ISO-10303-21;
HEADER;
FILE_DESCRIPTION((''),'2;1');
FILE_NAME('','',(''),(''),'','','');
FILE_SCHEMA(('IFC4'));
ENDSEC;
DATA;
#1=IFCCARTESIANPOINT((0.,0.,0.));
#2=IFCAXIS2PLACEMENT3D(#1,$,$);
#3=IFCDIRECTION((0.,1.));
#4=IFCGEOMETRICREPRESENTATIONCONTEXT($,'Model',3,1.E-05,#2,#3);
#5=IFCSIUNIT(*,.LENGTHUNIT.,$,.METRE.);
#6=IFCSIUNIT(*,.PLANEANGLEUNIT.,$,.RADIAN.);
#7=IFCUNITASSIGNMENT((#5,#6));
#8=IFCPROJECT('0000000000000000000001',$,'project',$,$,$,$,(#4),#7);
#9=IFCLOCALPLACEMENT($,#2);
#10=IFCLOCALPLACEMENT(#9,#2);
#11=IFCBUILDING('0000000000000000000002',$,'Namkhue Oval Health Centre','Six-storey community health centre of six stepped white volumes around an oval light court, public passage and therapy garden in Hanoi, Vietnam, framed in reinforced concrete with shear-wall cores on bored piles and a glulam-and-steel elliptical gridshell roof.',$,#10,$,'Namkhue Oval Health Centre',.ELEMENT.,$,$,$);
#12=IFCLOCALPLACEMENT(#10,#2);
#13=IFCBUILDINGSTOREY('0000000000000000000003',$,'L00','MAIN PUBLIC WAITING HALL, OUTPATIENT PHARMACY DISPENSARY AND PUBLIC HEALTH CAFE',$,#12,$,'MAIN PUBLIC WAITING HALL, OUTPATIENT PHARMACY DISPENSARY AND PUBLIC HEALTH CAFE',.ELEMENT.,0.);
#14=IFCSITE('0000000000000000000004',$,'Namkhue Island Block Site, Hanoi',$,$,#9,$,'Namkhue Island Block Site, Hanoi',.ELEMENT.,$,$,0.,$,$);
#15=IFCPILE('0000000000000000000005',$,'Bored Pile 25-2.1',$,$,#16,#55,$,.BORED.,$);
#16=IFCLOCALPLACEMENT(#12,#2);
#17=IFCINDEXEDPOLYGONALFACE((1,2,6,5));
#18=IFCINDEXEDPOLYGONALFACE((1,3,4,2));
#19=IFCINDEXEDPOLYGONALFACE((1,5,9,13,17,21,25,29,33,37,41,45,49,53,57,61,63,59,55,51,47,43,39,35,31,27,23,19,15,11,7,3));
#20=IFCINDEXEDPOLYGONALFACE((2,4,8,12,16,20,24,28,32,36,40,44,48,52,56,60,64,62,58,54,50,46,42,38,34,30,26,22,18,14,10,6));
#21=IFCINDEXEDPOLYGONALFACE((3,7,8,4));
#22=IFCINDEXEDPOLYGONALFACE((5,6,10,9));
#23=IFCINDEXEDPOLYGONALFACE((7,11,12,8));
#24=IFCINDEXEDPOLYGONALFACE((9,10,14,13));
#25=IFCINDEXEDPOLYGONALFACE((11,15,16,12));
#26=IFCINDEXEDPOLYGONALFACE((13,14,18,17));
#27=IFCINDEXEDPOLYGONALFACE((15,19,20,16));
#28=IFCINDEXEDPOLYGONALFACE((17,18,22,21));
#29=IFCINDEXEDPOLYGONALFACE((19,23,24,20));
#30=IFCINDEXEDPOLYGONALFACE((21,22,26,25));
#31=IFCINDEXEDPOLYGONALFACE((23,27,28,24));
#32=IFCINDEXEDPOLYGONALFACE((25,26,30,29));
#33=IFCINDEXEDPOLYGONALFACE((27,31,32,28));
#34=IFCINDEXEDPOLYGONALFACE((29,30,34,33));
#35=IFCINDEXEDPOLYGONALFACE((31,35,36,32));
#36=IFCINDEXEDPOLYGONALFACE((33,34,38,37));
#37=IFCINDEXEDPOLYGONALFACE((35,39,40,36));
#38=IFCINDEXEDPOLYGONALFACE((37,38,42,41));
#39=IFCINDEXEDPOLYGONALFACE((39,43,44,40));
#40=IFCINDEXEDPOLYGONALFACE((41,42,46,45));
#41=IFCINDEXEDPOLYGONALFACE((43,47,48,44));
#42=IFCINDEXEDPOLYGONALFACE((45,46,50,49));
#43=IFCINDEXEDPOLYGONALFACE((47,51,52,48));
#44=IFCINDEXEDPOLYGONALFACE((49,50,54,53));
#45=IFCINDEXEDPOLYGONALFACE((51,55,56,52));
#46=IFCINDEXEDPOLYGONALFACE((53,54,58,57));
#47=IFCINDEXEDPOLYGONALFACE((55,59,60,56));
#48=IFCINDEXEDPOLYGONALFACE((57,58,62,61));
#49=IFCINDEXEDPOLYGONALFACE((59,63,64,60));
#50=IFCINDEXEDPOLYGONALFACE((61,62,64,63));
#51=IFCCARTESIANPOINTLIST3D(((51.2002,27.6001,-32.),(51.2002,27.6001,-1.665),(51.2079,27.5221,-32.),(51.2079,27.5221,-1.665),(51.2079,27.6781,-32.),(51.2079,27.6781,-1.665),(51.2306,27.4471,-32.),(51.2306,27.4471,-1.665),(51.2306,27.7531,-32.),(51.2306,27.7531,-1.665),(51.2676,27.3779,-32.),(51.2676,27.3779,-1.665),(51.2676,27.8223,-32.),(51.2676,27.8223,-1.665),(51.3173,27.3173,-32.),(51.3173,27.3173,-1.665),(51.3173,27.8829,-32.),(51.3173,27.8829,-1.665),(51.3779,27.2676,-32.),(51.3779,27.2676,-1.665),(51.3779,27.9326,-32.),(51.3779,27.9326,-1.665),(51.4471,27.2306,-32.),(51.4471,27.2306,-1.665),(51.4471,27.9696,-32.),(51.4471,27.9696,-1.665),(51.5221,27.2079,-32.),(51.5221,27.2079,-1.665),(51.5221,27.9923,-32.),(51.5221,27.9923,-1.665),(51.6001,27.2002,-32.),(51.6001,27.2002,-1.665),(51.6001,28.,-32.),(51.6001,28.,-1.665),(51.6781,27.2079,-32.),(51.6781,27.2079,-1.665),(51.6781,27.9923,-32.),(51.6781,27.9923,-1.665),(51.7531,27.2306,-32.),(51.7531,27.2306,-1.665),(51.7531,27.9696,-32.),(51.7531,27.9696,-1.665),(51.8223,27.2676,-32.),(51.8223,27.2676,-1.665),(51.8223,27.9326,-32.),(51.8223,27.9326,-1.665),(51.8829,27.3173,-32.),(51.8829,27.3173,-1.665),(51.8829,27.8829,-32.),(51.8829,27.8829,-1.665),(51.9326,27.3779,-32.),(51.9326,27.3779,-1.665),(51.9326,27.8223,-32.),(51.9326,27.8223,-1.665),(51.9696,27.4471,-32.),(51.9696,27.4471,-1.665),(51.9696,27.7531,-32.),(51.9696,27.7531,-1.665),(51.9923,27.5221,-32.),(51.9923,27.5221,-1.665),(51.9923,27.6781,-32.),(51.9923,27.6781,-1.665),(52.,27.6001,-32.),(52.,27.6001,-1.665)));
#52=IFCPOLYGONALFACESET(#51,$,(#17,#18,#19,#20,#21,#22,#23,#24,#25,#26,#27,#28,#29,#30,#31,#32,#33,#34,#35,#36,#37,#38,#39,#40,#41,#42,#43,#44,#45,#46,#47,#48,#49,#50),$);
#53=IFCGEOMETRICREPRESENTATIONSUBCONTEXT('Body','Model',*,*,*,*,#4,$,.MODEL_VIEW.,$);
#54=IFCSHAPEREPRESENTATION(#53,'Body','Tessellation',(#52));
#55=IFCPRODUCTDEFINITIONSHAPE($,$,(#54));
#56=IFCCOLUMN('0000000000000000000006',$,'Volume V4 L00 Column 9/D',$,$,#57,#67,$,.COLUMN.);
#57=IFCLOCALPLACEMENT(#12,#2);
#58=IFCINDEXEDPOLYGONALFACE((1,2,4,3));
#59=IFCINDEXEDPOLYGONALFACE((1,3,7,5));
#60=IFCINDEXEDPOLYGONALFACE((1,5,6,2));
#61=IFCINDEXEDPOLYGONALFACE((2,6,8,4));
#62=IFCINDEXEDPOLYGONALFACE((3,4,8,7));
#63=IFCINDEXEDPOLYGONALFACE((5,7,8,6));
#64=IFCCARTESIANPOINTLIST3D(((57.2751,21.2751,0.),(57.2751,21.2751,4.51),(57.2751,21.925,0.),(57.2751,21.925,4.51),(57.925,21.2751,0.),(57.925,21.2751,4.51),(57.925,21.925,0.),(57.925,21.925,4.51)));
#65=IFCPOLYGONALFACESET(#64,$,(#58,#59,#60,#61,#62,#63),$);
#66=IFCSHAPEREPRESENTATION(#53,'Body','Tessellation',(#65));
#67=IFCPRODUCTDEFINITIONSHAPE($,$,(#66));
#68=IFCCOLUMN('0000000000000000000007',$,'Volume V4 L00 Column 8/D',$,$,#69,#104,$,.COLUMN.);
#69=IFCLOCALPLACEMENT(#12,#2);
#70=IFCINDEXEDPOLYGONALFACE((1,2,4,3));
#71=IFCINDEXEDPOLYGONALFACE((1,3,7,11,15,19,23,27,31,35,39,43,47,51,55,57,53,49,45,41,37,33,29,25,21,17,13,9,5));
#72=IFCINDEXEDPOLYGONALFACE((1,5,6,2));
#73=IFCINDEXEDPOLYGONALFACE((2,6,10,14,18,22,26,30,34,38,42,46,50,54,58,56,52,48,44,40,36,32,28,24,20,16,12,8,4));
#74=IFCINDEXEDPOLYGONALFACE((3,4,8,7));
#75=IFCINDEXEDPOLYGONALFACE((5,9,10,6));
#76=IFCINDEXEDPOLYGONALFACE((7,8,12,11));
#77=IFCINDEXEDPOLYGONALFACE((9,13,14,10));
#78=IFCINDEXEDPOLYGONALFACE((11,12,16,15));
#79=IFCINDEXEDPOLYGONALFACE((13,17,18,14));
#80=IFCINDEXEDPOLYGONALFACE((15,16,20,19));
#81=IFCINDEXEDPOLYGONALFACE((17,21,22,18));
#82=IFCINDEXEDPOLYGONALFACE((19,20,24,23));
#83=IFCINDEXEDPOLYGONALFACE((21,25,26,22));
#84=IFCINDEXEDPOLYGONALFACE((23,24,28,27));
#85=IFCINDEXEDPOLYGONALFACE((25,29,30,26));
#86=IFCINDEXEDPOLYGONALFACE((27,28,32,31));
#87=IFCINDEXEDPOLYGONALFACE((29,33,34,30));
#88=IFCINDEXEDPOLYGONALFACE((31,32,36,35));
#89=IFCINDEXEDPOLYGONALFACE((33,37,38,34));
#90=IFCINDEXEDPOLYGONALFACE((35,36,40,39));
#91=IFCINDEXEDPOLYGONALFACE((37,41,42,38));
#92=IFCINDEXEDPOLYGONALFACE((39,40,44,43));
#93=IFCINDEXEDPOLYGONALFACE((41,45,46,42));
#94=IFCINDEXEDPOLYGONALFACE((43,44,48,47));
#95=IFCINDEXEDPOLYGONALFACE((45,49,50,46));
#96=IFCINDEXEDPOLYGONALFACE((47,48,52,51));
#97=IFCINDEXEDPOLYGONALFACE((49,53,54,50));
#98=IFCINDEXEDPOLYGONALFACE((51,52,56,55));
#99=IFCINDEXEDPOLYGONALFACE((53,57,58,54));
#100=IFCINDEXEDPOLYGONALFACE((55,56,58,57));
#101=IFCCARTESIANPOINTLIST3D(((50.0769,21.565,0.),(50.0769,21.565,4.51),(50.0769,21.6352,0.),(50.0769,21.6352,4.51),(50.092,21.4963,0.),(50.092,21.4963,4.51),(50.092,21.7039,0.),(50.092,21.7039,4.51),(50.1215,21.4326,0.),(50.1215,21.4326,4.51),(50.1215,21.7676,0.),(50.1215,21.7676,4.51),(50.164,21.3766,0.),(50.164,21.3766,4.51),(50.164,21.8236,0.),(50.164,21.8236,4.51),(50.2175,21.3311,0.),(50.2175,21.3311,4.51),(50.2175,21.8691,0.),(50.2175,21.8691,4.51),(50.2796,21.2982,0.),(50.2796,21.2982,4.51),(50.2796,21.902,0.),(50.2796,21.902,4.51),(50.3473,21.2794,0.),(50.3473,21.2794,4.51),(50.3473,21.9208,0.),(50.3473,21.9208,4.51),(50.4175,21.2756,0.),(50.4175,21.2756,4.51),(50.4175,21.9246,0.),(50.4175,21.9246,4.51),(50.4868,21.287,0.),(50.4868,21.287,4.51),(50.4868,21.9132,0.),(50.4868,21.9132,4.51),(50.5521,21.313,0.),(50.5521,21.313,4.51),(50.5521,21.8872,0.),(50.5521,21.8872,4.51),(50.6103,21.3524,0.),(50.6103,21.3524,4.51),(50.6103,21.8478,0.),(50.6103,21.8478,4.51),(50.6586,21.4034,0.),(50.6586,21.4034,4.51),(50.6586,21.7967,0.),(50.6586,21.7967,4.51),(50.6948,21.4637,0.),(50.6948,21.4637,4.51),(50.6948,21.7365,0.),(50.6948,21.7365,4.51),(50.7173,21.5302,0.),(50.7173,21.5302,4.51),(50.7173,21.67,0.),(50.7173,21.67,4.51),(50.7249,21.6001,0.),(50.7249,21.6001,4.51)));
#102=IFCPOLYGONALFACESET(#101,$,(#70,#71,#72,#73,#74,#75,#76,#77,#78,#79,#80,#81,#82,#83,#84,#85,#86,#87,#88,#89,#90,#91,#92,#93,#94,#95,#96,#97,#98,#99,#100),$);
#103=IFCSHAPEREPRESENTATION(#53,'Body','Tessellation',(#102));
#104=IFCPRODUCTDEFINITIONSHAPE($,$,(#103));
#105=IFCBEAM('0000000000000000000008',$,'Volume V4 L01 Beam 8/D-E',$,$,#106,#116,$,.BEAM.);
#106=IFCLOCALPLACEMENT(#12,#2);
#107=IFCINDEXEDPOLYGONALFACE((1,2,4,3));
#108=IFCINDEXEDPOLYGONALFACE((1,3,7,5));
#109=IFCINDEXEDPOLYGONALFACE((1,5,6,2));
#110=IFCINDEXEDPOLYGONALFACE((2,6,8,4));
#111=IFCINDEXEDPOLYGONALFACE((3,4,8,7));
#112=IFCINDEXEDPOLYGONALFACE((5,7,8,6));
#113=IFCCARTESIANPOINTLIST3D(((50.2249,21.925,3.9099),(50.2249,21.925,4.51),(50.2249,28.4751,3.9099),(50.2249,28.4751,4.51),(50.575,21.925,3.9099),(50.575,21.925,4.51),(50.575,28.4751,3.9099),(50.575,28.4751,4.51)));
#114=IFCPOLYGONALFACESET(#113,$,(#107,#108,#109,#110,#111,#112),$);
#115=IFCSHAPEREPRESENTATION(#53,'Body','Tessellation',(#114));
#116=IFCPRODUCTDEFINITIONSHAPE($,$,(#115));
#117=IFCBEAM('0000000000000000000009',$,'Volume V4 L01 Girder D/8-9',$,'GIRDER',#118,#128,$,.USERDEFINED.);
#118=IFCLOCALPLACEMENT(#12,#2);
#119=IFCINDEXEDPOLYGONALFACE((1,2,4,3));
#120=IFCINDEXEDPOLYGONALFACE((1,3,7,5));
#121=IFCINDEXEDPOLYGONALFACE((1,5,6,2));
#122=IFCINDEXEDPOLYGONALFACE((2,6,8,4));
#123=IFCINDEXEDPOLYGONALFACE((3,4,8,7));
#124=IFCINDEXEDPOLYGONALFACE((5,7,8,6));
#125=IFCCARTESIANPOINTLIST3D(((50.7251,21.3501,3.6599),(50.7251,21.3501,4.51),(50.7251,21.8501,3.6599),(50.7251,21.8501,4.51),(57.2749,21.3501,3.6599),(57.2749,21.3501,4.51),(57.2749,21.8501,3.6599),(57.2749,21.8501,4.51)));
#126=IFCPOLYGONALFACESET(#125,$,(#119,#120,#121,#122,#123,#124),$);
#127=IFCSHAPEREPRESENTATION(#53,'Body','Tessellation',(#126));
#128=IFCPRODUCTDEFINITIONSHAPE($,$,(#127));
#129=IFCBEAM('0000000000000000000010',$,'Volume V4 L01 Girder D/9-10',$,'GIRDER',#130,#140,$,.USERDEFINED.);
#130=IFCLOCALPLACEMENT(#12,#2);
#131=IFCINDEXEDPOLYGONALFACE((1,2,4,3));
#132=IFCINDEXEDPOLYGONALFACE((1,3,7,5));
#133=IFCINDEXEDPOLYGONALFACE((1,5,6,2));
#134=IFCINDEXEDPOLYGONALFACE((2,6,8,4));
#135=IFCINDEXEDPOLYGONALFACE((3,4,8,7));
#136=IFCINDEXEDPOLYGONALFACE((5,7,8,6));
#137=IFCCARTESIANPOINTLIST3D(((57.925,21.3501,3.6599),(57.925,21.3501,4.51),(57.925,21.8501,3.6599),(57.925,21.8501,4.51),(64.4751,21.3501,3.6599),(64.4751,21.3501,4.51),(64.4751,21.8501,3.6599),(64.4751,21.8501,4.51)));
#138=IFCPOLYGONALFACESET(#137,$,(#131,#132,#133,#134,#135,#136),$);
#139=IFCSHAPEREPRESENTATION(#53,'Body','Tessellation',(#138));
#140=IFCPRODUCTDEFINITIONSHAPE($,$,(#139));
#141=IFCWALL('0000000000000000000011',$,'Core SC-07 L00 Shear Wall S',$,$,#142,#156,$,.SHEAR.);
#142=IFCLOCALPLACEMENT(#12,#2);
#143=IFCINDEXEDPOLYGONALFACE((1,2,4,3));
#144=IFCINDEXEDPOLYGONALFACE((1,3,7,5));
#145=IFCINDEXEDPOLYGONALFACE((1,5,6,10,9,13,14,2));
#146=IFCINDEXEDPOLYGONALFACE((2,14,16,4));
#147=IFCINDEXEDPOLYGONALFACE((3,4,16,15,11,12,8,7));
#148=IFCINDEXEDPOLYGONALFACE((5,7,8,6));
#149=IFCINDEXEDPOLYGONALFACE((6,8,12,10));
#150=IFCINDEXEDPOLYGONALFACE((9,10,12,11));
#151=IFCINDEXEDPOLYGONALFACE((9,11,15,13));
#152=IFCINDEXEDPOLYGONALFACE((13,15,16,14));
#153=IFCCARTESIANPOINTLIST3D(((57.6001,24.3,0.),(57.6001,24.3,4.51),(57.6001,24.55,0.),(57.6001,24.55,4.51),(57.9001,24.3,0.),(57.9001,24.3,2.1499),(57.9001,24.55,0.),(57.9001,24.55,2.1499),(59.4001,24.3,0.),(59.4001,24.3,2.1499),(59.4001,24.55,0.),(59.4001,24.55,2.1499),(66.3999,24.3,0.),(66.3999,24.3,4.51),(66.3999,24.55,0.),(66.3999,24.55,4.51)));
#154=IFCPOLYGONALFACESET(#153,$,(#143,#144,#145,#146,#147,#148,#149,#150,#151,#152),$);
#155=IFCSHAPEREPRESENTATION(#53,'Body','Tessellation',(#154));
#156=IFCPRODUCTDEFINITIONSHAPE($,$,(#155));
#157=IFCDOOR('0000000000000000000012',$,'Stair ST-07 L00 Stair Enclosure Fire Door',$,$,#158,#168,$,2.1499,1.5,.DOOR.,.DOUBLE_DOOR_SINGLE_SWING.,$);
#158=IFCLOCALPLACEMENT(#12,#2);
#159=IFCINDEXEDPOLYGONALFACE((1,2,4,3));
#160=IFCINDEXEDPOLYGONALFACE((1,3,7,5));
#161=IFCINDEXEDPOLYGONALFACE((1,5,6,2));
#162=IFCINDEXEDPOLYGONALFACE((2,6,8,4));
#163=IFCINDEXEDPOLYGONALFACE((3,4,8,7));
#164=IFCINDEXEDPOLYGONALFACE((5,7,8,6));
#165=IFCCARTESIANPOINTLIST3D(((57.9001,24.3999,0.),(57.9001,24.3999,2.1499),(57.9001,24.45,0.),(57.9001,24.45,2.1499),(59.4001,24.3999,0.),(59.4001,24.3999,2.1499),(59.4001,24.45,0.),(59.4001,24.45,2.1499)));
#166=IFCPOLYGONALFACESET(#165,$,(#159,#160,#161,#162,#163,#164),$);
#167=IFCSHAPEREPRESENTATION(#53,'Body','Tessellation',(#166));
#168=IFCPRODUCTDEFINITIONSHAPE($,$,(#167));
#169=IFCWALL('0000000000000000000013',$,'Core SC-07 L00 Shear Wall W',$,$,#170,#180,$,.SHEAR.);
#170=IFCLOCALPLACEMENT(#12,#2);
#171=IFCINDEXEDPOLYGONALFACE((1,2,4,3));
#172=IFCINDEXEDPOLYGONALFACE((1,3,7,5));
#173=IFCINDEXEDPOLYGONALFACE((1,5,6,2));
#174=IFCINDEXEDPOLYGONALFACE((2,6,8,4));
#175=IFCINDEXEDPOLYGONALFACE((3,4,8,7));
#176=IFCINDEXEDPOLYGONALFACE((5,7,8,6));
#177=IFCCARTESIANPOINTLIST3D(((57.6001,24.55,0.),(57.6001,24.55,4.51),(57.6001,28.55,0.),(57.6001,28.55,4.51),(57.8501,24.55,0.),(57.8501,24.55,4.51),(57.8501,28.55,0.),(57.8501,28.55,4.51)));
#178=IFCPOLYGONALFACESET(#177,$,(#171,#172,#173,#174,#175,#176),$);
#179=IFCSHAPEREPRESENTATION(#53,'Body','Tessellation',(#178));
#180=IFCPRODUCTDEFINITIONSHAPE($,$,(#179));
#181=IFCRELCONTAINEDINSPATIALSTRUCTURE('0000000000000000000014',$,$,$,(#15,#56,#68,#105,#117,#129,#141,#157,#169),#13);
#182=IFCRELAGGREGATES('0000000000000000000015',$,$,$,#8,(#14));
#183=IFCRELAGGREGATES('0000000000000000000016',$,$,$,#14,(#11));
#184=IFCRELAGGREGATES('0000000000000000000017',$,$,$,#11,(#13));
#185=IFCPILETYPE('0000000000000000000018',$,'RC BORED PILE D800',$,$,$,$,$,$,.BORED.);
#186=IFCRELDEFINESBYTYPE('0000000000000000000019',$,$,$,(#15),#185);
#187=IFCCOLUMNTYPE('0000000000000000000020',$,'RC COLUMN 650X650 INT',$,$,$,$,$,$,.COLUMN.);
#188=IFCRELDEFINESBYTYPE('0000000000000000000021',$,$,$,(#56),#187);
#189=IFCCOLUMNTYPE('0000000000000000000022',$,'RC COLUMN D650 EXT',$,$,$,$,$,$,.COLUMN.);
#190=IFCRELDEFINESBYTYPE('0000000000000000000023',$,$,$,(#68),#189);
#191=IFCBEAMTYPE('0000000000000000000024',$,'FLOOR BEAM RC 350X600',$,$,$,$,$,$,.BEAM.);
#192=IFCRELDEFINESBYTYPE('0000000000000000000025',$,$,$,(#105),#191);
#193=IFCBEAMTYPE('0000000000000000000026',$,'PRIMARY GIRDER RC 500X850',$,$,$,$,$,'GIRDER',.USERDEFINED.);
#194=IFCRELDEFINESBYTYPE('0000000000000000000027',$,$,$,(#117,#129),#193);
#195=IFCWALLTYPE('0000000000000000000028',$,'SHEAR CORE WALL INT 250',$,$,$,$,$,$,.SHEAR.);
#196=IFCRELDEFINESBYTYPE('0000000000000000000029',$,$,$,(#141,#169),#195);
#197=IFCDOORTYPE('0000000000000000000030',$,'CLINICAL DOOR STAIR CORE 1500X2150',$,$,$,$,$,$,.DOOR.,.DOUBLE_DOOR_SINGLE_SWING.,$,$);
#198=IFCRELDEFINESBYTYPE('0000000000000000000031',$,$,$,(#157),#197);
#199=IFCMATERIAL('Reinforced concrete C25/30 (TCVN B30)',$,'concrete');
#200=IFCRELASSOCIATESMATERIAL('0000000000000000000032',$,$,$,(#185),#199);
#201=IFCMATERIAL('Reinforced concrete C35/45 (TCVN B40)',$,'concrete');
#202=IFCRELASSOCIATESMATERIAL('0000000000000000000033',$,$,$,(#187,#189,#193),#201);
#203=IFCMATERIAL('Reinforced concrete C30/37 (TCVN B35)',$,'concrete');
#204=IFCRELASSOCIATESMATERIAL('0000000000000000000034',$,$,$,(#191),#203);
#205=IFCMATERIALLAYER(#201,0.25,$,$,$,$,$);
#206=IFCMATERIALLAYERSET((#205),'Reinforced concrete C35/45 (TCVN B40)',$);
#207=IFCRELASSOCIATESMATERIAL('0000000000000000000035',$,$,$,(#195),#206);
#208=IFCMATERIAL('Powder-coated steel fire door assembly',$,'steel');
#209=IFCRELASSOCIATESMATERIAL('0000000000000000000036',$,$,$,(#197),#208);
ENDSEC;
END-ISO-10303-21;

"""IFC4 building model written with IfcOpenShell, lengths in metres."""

from ifc_helpers import new_model, si_unit, direction, frame, frame_2d, origin, origin_2d, place, context, subcontext, project, spatial, rectangle, circle, extrude, material, layer, layer_set, material_profile, profile_set, type_object, element, fill, save


model = new_model("IFC4")

# Units and contexts
model_context = context("Model", 3, precision=1e-05, world=origin(), true_north=direction((0.0, 1.0)))
body_context = subcontext(model_context, "Body", "Model", "MODEL_VIEW")
ifc_project = project(units=[si_unit("LENGTHUNIT", "METRE"), si_unit("PLANEANGLEUNIT", "RADIAN")], contexts=[model_context])

# Site, building, storey
site_placement = place(None, origin())
site = spatial("IfcSite", under=ifc_project, at=site_placement, Name="Namkhue Island Block Site, Hanoi", LongName="Namkhue Island Block Site, Hanoi", CompositionType="ELEMENT", RefElevation=0.0)
building_placement = place(site_placement, origin())
building = spatial("IfcBuilding", under=site, at=building_placement, Name="Namkhue Oval Health Centre", Description="Six-storey community health centre of six stepped white volumes around an oval light court, public passage and therapy garden in Hanoi, Vietnam, framed in reinforced concrete with shear-wall cores on bored piles and a glulam-and-steel elliptical gridshell roof.", LongName="Namkhue Oval Health Centre", CompositionType="ELEMENT")
storey_placement = place(building_placement, origin())
storey = spatial("IfcBuildingStorey", under=building, at=storey_placement, Name="L00", Description="MAIN PUBLIC WAITING HALL, OUTPATIENT PHARMACY DISPENSARY AND PUBLIC HEALTH CAFE", LongName="MAIN PUBLIC WAITING HALL, OUTPATIENT PHARMACY DISPENSARY AND PUBLIC HEALTH CAFE", CompositionType="ELEMENT", Elevation=0.0)

# Shared definitions
ifc_material_1 = material(Name="Reinforced concrete C30/37 (TCVN B35)", Category="concrete")

# Pile
ifc_material_2 = material(Name="Reinforced concrete C25/30 (TCVN B30)", Category="concrete")
ifc_material_profile_1 = material_profile(ifc_material_2, circle(Radius=0.3999, at=origin_2d()), Name="BORED PILE D800")
ifc_profile_set_1 = profile_set([ifc_material_profile_1], Name="Reinforced concrete C25/30 (TCVN B30)")
pile_type_1 = type_object("IfcPileType", Name="RC BORED PILE D800", PredefinedType="BORED", material=ifc_profile_set_1)
for number, where, z_axis, x_axis, name in (
    (1, (51.6001, 27.6001, -1.665), (0.0, 0.0, -1.0), (1.0, 0.0, 0.0), "Bored Pile 25-2.1"),
):
    element("IfcPile", number, at=place(storey_placement, frame(where, z_axis=z_axis, x_axis=x_axis)), inside=storey, type_object=pile_type_1, Name=name, PredefinedType="BORED", context=body_context, shape_type="SweptSolid", body=[
        extrude(circle(Radius=0.3999, at=origin_2d()), origin(), (0.0, 0.0, 1.0), 30.335),
    ])

# Columns
ifc_material_3 = material(Name="Reinforced concrete C35/45 (TCVN B40)", Category="concrete")
ifc_material_profile_2 = material_profile(ifc_material_3, rectangle(XDim=0.6499, YDim=0.6499, at=origin_2d()), Name="RC 650x650")
ifc_profile_set_2 = profile_set([ifc_material_profile_2], Name="Reinforced concrete C35/45 (TCVN B40)")
column_type_1 = type_object("IfcColumnType", Name="RC COLUMN 650X650 INT", PredefinedType="COLUMN", material=ifc_profile_set_2)
column_1_placement = place(storey_placement, frame((57.6001, 21.6001, 0.0), z_axis=(0.0, 0.0, 1.0), x_axis=(1.0, 0.0, 0.0)))
element("IfcColumn", 2, at=column_1_placement, inside=storey, type_object=column_type_1, Name="Volume V4 L00 Column 9/D", PredefinedType="COLUMN", context=body_context, shape_type="SweptSolid", body=[
    extrude(rectangle(XDim=0.6499, YDim=0.6499, at=origin_2d()), origin(), (0.0, 0.0, 1.0), 4.51),
])
ifc_material_profile_3 = material_profile(ifc_material_3, circle(Radius=0.325, at=origin_2d()), Name="RC D650")
ifc_profile_set_3 = profile_set([ifc_material_profile_3], Name="Reinforced concrete C35/45 (TCVN B40)")
column_type_2 = type_object("IfcColumnType", Name="RC COLUMN D650 EXT", PredefinedType="COLUMN", material=ifc_profile_set_3)
column_2_placement = place(storey_placement, frame((50.3999, 21.6001, 0.0), z_axis=(0.0, 0.0, 1.0), x_axis=(1.0, 0.0, 0.0)))
element("IfcColumn", 3, at=column_2_placement, inside=storey, type_object=column_type_2, Name="Volume V4 L00 Column 8/D", PredefinedType="COLUMN", context=body_context, shape_type="SweptSolid", body=[
    extrude(circle(Radius=0.325, at=origin_2d()), origin(), (0.0, 0.0, 1.0), 4.51),
])

# Beams
ifc_material_profile_4 = material_profile(ifc_material_1, rectangle(XDim=0.3501, YDim=0.6001, at=origin_2d()), Name="RC 350x600")
ifc_profile_set_4 = profile_set([ifc_material_profile_4], Name="Reinforced concrete C30/37 (TCVN B35)")
beam_type_1 = type_object("IfcBeamType", Name="FLOOR BEAM RC 350X600", PredefinedType="BEAM", material=ifc_profile_set_4)
beam_1_placement = place(storey_placement, frame((50.3999, 21.925, 4.21), z_axis=(0.0, 1.0, 0.0), x_axis=(-1.0, 0.0, 0.0)))
element("IfcBeam", 4, at=beam_1_placement, inside=storey, type_object=beam_type_1, Name="Volume V4 L01 Beam 8/D-E", PredefinedType="BEAM", context=body_context, shape_type="SweptSolid", body=[
    extrude(rectangle(XDim=0.3501, YDim=0.6001, at=origin_2d()), origin(), (0.0, 0.0, 1.0), 6.55),
])
ifc_material_profile_5 = material_profile(ifc_material_3, rectangle(XDim=0.5, YDim=0.8501, at=origin_2d()), Name="RC 500x850")
ifc_profile_set_5 = profile_set([ifc_material_profile_5], Name="Reinforced concrete C35/45 (TCVN B40)")
beam_type_2 = type_object("IfcBeamType", Name="PRIMARY GIRDER RC 500X850", ElementType="GIRDER", PredefinedType="USERDEFINED", material=ifc_profile_set_5)
beam_2_placement = place(storey_placement, frame((50.7251, 21.6001, 4.085), z_axis=(1.0, 0.0, 0.0), x_axis=(0.0, 1.0, 0.0)))
element("IfcBeam", 5, at=beam_2_placement, inside=storey, type_object=beam_type_2, Name="Volume V4 L01 Girder D/8-9", ObjectType="GIRDER", PredefinedType="USERDEFINED", context=body_context, shape_type="SweptSolid", body=[
    extrude(rectangle(XDim=0.5, YDim=0.8501, at=origin_2d()), origin(), (0.0, 0.0, 1.0), 6.5498),
])
beam_3_placement = place(storey_placement, frame((57.925, 21.6001, 4.085), z_axis=(1.0, 0.0, 0.0), x_axis=(0.0, 1.0, 0.0)))
element("IfcBeam", 6, at=beam_3_placement, inside=storey, type_object=beam_type_2, Name="Volume V4 L01 Girder D/9-10", ObjectType="GIRDER", PredefinedType="USERDEFINED", context=body_context, shape_type="SweptSolid", body=[
    extrude(rectangle(XDim=0.5, YDim=0.8501, at=origin_2d()), origin(), (0.0, 0.0, 1.0), 6.55),
])

# Shared definitions
ifc_material_4 = material(Name="Powder-coated steel fire door assembly", Category="steel")

# Wall, opening, door
ifc_layer_1 = layer(ifc_material_3, 0.25)
ifc_layer_set_1 = layer_set([ifc_layer_1], Name="Reinforced concrete C35/45 (TCVN B40)")
wall_type_1 = type_object("IfcWallType", Name="SHEAR CORE WALL INT 250", PredefinedType="SHEAR", material=ifc_layer_set_1)
wall_1_placement = place(storey_placement, frame((57.6001, 24.425, 0.0), z_axis=(0.0, 0.0, 1.0), x_axis=(1.0, 0.0, 0.0)))
wall_1 = element("IfcWall", 7, at=wall_1_placement, inside=storey, type_object=wall_type_1, Name="Core SC-07 L00 Shear Wall S", PredefinedType="SHEAR", context=body_context, shape_type="SweptSolid", body=[
    extrude(rectangle(XDim=8.7998, YDim=0.25, at=frame_2d((4.3999, 0.0))), origin(), (0.0, 0.0, 1.0), 4.51),
])
opening_1_placement = place(wall_1_placement, frame((0.3, 0.0, 0.0)))
opening_1 = element("IfcOpeningElement", 8, at=opening_1_placement, cuts=wall_1, PredefinedType="OPENING", context=body_context, shape_type="SweptSolid", body=[
    extrude(rectangle(XDim=1.5, YDim=2.1499, at=frame_2d((0.75, 1.075))), frame((0.0, 0.135, 0.0), z_axis=(0.0, -1.0, 0.0), x_axis=(1.0, 0.0, 0.0)), (0.0, 0.0, 1.0), 0.27),
])
door_type_1 = type_object("IfcDoorType", Name="CLINICAL DOOR STAIR CORE 1500X2150", OperationType="DOUBLE_DOOR_SINGLE_SWING", PredefinedType="DOOR", material=ifc_material_4)
door_1_placement = place(opening_1_placement, origin())
door_1 = element("IfcDoor", 9, at=door_1_placement, inside=storey, type_object=door_type_1, Name="Stair ST-07 L00 Stair Enclosure Fire Door", OperationType="DOUBLE_DOOR_SINGLE_SWING", OverallHeight=2.1499, OverallWidth=1.5, PredefinedType="DOOR", context=body_context, shape_type="SweptSolid", body=[
    extrude(rectangle(XDim=1.5, YDim=2.1499, at=frame_2d((0.75, 1.075))), frame((0.0, 0.0249, 0.0), z_axis=(0.0, -1.0, 0.0), x_axis=(1.0, 0.0, 0.0)), (0.0, 0.0, 1.0), 0.05),
])
fill(opening_1, door_1)

# Wall
wall_2_placement = place(storey_placement, frame((57.7251, 28.55, 0.0), z_axis=(0.0, 0.0, 1.0), x_axis=(0.0, -1.0, 0.0)))
element("IfcWall", 10, at=wall_2_placement, inside=storey, type_object=wall_type_1, Name="Core SC-07 L00 Shear Wall W", PredefinedType="SHEAR", context=body_context, shape_type="SweptSolid", body=[
    extrude(rectangle(XDim=4.0, YDim=0.25, at=frame_2d((2.0, 0.0))), origin(), (0.0, 0.0, 1.0), 4.51),
])

save(model, "model.ifc")
